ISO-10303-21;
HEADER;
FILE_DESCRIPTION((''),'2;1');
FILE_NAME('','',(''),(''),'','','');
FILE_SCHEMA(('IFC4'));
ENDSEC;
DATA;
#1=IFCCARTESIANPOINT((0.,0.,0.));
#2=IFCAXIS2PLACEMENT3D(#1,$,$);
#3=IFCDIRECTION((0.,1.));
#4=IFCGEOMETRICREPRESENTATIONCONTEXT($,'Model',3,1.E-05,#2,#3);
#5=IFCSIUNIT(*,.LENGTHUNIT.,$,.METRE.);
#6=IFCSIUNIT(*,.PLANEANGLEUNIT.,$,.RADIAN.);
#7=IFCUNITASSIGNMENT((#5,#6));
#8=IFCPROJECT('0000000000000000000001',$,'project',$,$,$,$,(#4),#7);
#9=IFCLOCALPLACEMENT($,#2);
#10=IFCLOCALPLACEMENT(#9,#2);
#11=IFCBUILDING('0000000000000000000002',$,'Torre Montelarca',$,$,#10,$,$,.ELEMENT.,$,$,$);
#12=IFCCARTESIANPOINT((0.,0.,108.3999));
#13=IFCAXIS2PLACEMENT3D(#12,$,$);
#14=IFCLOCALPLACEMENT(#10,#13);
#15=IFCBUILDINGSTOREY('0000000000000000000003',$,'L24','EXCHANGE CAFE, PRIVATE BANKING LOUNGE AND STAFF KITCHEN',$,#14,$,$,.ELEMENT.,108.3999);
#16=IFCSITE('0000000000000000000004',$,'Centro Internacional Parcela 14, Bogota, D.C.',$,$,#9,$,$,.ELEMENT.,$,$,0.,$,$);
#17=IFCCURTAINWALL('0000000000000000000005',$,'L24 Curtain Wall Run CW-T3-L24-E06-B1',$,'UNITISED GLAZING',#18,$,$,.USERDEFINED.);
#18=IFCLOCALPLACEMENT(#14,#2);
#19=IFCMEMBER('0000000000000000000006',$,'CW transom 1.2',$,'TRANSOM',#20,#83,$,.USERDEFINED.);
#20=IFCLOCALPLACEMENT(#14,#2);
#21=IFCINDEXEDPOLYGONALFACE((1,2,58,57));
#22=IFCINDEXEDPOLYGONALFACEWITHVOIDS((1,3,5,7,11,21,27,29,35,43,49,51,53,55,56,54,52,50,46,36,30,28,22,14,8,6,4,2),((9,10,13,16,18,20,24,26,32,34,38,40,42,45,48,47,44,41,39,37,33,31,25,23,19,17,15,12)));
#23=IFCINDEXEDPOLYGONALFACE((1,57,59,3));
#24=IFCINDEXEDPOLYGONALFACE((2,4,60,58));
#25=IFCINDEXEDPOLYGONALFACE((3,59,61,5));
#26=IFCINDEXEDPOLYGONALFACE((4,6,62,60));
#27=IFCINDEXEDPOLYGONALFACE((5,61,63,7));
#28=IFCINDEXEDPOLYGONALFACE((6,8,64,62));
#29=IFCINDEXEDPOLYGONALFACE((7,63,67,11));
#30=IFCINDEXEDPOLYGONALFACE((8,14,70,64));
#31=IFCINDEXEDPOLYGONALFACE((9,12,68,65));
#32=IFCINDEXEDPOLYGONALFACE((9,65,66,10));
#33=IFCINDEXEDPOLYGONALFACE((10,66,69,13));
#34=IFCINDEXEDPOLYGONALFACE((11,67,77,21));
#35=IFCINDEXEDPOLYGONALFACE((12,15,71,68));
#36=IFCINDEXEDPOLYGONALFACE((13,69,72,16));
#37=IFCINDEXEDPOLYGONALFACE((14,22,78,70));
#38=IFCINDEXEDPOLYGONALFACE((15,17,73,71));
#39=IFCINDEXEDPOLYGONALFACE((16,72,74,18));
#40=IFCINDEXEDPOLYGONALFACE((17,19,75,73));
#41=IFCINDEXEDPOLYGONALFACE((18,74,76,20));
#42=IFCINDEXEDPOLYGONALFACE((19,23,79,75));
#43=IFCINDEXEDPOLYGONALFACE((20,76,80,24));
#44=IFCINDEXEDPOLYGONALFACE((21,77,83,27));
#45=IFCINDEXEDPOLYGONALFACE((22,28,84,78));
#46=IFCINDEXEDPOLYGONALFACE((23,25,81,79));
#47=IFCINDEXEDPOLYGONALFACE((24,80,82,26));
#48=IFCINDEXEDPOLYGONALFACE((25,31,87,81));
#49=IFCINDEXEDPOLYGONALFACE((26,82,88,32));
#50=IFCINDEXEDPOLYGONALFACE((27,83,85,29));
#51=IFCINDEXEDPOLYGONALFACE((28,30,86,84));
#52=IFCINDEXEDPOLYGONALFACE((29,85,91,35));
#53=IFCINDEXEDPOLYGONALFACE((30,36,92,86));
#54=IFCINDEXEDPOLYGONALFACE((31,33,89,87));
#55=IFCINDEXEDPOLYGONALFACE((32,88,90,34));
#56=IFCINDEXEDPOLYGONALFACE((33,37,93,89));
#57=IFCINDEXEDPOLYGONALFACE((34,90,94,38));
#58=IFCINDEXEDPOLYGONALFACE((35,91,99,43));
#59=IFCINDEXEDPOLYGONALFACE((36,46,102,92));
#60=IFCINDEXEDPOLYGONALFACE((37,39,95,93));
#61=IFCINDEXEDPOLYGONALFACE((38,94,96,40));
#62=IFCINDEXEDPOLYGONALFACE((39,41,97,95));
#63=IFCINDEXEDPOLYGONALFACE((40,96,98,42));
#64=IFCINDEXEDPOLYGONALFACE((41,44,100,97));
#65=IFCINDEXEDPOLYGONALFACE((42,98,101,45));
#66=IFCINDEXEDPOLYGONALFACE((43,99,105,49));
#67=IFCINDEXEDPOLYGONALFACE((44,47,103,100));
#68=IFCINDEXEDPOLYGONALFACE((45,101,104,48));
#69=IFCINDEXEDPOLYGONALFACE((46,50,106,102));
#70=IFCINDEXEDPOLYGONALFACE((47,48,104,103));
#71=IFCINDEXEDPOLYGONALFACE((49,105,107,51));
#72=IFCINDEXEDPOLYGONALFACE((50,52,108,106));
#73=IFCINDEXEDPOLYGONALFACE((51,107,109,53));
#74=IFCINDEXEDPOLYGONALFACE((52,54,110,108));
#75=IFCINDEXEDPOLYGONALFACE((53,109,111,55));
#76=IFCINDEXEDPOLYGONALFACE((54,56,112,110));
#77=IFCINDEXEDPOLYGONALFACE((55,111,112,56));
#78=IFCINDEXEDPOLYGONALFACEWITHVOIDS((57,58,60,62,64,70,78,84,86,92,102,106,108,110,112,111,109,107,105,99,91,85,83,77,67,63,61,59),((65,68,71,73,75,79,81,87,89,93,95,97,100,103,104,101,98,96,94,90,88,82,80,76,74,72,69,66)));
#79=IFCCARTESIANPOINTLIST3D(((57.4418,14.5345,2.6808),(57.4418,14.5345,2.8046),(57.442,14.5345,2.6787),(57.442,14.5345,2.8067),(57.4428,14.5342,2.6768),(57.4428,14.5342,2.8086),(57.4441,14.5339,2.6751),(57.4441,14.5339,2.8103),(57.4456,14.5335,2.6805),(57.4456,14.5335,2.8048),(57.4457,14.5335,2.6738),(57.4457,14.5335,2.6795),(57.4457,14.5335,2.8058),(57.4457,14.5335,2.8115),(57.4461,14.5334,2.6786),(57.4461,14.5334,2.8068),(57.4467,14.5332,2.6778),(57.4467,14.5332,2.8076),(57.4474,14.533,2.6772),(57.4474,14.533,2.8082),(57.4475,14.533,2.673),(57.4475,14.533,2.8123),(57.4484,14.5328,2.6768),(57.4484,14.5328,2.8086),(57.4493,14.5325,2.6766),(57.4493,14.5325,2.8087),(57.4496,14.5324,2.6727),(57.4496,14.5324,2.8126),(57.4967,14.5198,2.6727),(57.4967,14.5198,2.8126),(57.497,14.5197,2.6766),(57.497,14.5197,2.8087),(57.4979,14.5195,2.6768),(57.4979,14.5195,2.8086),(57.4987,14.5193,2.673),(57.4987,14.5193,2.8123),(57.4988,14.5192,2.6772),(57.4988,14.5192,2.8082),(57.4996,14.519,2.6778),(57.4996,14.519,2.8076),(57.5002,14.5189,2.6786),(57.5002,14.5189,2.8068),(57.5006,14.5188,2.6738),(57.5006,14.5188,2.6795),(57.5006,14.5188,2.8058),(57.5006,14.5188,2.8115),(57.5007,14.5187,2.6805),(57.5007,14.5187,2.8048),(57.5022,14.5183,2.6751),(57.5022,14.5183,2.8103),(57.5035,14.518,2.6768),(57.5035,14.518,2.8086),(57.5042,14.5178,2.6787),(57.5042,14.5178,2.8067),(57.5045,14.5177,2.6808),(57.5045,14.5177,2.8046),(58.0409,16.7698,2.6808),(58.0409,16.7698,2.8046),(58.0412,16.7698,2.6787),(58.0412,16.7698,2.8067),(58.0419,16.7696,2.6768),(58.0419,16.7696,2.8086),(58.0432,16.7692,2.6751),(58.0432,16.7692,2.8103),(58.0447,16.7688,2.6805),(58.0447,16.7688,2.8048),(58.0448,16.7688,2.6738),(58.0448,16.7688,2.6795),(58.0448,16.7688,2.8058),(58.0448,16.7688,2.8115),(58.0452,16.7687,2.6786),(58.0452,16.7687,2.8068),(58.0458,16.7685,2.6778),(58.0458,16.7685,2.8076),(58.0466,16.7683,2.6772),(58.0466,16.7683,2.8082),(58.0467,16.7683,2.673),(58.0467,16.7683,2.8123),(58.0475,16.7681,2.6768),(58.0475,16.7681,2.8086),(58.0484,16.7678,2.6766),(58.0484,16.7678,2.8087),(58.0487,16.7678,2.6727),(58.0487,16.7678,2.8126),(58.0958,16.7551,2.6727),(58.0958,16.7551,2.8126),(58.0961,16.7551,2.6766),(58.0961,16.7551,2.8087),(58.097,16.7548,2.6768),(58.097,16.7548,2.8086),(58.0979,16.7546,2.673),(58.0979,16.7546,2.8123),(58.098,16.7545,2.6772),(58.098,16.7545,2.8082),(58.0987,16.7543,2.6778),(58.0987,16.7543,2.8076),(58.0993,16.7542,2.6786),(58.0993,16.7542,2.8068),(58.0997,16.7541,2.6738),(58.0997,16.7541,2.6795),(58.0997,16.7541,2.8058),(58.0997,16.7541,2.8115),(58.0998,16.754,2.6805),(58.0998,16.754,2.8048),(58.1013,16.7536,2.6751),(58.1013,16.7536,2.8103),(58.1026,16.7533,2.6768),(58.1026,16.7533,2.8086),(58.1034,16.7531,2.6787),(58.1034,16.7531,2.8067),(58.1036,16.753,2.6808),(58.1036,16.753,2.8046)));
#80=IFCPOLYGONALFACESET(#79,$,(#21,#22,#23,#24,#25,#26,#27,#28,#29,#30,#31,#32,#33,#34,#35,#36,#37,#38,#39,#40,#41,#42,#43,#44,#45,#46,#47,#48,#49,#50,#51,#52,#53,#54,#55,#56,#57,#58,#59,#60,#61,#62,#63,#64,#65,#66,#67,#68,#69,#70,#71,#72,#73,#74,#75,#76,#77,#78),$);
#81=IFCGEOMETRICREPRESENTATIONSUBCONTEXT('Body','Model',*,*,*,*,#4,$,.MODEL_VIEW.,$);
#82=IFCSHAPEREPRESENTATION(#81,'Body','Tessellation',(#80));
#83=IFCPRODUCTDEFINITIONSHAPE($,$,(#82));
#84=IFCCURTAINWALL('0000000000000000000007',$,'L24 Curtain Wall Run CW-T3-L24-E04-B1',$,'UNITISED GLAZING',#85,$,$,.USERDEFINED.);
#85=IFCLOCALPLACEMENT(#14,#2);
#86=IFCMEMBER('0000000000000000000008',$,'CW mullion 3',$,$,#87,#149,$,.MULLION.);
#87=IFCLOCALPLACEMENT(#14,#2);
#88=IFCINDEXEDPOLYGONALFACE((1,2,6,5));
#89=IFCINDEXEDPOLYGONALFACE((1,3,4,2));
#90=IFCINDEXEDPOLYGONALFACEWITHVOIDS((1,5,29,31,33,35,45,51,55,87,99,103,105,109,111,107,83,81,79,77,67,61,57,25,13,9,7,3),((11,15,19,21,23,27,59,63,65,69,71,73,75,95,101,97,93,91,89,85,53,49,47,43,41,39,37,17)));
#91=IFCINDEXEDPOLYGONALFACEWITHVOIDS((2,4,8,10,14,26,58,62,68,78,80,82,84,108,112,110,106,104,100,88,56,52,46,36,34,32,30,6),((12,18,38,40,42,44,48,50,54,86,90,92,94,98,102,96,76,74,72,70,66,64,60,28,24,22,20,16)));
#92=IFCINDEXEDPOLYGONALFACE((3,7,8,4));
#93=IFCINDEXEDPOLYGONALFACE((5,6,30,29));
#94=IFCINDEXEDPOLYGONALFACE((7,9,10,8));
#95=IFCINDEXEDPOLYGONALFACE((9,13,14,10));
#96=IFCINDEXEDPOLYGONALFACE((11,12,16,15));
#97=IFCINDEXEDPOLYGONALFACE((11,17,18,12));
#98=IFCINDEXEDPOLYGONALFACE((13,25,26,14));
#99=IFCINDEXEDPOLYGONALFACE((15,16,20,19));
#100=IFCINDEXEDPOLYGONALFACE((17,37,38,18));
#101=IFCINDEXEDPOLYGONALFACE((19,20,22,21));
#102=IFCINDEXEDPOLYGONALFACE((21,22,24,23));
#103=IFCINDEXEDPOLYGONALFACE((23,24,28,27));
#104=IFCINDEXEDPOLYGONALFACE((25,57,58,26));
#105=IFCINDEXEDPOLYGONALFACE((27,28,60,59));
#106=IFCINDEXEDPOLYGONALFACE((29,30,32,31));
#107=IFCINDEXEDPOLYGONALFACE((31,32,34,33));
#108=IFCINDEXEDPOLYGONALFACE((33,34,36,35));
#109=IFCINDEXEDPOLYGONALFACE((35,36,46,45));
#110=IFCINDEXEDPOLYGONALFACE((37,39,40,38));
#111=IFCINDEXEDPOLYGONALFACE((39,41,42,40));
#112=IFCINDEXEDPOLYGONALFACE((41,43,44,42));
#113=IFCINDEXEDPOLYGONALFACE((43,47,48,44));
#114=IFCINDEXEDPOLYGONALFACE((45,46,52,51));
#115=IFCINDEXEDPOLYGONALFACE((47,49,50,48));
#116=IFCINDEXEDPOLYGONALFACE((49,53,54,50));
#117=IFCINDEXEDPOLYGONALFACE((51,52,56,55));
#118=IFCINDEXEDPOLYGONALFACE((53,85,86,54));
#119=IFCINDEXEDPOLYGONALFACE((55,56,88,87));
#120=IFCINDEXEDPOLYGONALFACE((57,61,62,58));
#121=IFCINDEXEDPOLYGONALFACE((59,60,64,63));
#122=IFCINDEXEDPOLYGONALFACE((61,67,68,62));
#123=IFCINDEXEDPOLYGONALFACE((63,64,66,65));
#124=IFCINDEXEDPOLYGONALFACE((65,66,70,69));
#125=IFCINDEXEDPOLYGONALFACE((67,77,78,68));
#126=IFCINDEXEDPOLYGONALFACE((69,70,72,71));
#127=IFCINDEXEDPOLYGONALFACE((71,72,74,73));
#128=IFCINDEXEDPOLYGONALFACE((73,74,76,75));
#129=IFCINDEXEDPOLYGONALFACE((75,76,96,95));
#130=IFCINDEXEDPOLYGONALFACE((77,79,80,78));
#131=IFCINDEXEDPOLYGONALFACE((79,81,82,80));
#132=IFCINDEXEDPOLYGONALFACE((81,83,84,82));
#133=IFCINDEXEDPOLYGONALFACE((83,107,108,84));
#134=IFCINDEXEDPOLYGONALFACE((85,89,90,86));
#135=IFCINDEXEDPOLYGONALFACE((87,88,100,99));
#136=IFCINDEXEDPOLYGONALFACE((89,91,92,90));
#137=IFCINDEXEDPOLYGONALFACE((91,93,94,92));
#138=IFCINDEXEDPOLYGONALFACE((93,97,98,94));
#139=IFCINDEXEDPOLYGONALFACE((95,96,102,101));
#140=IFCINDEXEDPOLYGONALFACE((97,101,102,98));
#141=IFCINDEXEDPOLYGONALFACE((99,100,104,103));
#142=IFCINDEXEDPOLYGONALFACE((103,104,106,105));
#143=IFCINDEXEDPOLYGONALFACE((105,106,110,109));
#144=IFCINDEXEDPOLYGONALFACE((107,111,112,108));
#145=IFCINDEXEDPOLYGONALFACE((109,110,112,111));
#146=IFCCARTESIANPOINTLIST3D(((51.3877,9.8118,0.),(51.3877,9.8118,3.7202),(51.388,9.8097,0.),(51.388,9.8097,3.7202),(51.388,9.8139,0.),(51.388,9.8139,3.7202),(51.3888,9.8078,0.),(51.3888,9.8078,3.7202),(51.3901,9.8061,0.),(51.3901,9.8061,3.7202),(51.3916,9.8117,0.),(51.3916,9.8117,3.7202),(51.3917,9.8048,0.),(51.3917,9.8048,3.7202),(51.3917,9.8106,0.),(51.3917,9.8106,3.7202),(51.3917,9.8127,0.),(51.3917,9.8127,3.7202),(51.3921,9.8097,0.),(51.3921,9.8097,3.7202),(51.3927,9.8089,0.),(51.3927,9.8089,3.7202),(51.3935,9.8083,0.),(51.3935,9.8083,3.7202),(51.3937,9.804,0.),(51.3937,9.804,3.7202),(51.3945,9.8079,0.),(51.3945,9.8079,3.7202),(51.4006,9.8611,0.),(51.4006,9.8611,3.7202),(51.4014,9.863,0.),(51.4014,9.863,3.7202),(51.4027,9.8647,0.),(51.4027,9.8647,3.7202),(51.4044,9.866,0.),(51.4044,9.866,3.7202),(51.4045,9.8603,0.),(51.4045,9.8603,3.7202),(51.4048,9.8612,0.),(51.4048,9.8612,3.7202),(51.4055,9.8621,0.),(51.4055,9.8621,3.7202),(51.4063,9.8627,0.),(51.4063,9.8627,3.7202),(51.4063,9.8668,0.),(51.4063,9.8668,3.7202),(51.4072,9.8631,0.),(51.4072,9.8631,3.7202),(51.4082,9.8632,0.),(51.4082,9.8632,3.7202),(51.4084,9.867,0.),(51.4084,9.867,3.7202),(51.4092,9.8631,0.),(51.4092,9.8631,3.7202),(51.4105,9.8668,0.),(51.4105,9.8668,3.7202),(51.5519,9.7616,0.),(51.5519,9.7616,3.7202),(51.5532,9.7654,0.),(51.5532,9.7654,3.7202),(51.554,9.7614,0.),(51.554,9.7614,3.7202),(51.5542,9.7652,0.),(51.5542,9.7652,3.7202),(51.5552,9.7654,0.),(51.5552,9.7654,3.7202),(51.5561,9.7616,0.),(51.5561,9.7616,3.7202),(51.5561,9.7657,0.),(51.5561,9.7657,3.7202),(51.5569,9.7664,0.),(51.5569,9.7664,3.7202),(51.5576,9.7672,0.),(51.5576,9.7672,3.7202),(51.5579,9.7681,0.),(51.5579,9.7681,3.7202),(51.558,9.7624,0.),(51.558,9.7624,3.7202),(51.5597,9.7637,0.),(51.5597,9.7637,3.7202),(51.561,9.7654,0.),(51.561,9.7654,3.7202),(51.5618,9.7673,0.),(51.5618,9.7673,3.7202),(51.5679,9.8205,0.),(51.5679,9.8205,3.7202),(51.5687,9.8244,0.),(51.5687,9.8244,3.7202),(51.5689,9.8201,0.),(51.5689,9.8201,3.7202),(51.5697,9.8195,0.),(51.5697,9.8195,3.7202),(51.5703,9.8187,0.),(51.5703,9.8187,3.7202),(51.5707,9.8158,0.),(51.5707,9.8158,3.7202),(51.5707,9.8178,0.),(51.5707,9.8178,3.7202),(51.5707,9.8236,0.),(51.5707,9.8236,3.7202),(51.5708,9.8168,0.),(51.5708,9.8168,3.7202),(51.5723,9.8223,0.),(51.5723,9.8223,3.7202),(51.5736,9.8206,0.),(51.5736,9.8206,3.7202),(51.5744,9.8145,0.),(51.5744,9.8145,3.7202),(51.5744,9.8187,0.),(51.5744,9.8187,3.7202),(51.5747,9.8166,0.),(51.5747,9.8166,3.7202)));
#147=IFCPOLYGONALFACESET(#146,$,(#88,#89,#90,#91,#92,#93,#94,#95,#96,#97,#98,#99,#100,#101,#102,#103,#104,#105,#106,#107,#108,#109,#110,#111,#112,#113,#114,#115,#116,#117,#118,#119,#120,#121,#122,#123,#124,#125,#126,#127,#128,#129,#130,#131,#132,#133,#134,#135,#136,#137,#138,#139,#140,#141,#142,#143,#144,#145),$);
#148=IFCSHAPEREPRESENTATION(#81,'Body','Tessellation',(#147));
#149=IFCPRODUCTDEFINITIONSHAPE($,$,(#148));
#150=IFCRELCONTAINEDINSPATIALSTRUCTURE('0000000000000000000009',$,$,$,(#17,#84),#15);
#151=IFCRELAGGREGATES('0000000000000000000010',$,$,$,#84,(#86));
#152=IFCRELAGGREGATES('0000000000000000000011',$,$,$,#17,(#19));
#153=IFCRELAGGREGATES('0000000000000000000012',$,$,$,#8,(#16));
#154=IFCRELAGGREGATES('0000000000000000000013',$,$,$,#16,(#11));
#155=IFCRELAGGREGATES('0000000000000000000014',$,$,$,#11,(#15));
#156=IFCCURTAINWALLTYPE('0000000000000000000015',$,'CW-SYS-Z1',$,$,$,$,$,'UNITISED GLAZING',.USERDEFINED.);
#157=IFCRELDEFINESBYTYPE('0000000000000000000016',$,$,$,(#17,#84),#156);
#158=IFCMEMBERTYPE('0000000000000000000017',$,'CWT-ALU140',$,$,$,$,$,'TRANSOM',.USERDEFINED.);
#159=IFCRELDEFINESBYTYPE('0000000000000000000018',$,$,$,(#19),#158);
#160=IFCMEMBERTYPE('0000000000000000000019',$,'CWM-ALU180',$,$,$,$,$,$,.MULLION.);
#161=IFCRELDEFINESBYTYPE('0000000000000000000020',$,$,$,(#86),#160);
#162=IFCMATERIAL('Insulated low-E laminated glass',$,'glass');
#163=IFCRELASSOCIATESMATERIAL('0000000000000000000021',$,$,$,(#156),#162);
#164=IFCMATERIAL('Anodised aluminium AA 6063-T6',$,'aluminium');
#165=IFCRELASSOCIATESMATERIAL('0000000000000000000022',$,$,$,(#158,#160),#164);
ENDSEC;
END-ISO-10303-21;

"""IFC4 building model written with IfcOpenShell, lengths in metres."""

from ifc_helpers import new_model, si_unit, direction, frame, origin, origin_2d, place, context, subcontext, project, spatial, hollow_rectangle, extrude, source, transform, mapped, material, material_profile, profile_set, type_object, element, aggregate, save


model = new_model("IFC4")

# Units and contexts
model_context = context("Model", 3, precision=1e-05, world=origin(), true_north=direction((0.0, 1.0)))
body_context = subcontext(model_context, "Body", "Model", "MODEL_VIEW")
ifc_project = project(units=[si_unit("LENGTHUNIT", "METRE"), si_unit("PLANEANGLEUNIT", "RADIAN")], contexts=[model_context])

# Site, building, storey
site_placement = place(None, origin())
site = spatial("IfcSite", under=ifc_project, at=site_placement, Name="Centro Internacional Parcela 14, Bogota, D.C.", CompositionType="ELEMENT", RefElevation=0.0)
building_placement = place(site_placement, origin())
building = spatial("IfcBuilding", under=site, at=building_placement, Name="Torre Montelarca", CompositionType="ELEMENT")
storey_placement = place(building_placement, frame((0.0, 0.0, 108.3999)))
storey = spatial("IfcBuildingStorey", under=building, at=storey_placement, Name="L24", Description="EXCHANGE CAFE, PRIVATE BANKING LOUNGE AND STAFF KITCHEN", CompositionType="ELEMENT", Elevation=108.3999)

# Curtain wall, member
ifc_material_1 = material(Name="Insulated low-E laminated glass", Category="glass")
curtain_wall_type = type_object("IfcCurtainWallType", Name="CW-SYS-Z1", ElementType="UNITISED GLAZING", PredefinedType="USERDEFINED", material=ifc_material_1)
curtain_wall_1_placement = place(storey_placement, origin())
curtain_wall_1 = element("IfcCurtainWall", 1, at=curtain_wall_1_placement, inside=storey, type_object=curtain_wall_type, Name="L24 Curtain Wall Run CW-T3-L24-E06-B1", ObjectType="UNITISED GLAZING", PredefinedType="USERDEFINED")
ifc_material_2 = material(Name="Anodised aluminium AA 6063-T6", Category="aluminium")
ifc_material_profile_1 = material_profile(ifc_material_2, hollow_rectangle(XDim=0.0649, YDim=0.1399, WallThickness=0.0039, InnerFilletRadius=0.0039, OuterFilletRadius=0.0081, at=origin_2d()), Name="ALU65X140X4", Category="aluminium")
ifc_profile_set_1 = profile_set([ifc_material_profile_1], Name="Anodised aluminium AA 6063-T6")
member_type_1 = type_object("IfcMemberType", Name="CWT-ALU140", ElementType="TRANSOM", PredefinedType="USERDEFINED", material=ifc_profile_set_1)
shared_shape_1 = source(origin(), body_context, "Body", "SweptSolid", [
    extrude(hollow_rectangle(XDim=0.0649, YDim=0.1399, WallThickness=0.0039, InnerFilletRadius=0.0039, OuterFilletRadius=0.0081, at=origin_2d()), origin(), (0.0, 0.0, 1.0), 2.3142),
])
member_1_placement = place(storey_placement, frame((57.4731, 14.5261, 2.7427), z_axis=(0.258884, 0.965908, 0.0), x_axis=(-0.965908, 0.258884, 0.0)))
member_1 = element("IfcMember", 2, at=member_1_placement, type_object=member_type_1, Name="CW transom 1.2", ObjectType="TRANSOM", PredefinedType="USERDEFINED", context=body_context, shape_type="MappedRepresentation", body=[
    mapped(shared_shape_1, transform((0.0, 0.0, 0.0), scale=1.0)),
])

# Curtain wall, member
curtain_wall_2_placement = place(storey_placement, origin())
curtain_wall_2 = element("IfcCurtainWall", 3, at=curtain_wall_2_placement, inside=storey, type_object=curtain_wall_type, Name="L24 Curtain Wall Run CW-T3-L24-E04-B1", ObjectType="UNITISED GLAZING", PredefinedType="USERDEFINED")
ifc_material_profile_2 = material_profile(ifc_material_2, hollow_rectangle(XDim=0.0649, YDim=0.1799, WallThickness=0.0039, InnerFilletRadius=0.0039, OuterFilletRadius=0.0081, at=origin_2d()), Name="ALU65X180X4", Category="aluminium")
ifc_profile_set_2 = profile_set([ifc_material_profile_2], Name="Anodised aluminium AA 6063-T6")
member_type_2 = type_object("IfcMemberType", Name="CWM-ALU180", PredefinedType="MULLION", material=ifc_profile_set_2)
shared_shape_2 = source(origin(), body_context, "Body", "SweptSolid", [
    extrude(hollow_rectangle(XDim=0.0649, YDim=0.1799, WallThickness=0.0039, InnerFilletRadius=0.0039, OuterFilletRadius=0.0081, at=origin_2d()), origin(), (0.0, 0.0, 1.0), 3.7202),
])
member_2_placement = place(storey_placement, frame((51.4812, 9.8142, 0.0), z_axis=(0.0, 0.0, 1.0), x_axis=(0.258823, 0.965925, 0.0)))
member_2 = element("IfcMember", 4, at=member_2_placement, type_object=member_type_2, Name="CW mullion 3", PredefinedType="MULLION", context=body_context, shape_type="MappedRepresentation", body=[
    mapped(shared_shape_2, transform((0.0, 0.0, 0.0), scale=1.0)),
])

aggregate(curtain_wall_2, [member_2])
aggregate(curtain_wall_1, [member_1])

save(model, "model.ifc")
